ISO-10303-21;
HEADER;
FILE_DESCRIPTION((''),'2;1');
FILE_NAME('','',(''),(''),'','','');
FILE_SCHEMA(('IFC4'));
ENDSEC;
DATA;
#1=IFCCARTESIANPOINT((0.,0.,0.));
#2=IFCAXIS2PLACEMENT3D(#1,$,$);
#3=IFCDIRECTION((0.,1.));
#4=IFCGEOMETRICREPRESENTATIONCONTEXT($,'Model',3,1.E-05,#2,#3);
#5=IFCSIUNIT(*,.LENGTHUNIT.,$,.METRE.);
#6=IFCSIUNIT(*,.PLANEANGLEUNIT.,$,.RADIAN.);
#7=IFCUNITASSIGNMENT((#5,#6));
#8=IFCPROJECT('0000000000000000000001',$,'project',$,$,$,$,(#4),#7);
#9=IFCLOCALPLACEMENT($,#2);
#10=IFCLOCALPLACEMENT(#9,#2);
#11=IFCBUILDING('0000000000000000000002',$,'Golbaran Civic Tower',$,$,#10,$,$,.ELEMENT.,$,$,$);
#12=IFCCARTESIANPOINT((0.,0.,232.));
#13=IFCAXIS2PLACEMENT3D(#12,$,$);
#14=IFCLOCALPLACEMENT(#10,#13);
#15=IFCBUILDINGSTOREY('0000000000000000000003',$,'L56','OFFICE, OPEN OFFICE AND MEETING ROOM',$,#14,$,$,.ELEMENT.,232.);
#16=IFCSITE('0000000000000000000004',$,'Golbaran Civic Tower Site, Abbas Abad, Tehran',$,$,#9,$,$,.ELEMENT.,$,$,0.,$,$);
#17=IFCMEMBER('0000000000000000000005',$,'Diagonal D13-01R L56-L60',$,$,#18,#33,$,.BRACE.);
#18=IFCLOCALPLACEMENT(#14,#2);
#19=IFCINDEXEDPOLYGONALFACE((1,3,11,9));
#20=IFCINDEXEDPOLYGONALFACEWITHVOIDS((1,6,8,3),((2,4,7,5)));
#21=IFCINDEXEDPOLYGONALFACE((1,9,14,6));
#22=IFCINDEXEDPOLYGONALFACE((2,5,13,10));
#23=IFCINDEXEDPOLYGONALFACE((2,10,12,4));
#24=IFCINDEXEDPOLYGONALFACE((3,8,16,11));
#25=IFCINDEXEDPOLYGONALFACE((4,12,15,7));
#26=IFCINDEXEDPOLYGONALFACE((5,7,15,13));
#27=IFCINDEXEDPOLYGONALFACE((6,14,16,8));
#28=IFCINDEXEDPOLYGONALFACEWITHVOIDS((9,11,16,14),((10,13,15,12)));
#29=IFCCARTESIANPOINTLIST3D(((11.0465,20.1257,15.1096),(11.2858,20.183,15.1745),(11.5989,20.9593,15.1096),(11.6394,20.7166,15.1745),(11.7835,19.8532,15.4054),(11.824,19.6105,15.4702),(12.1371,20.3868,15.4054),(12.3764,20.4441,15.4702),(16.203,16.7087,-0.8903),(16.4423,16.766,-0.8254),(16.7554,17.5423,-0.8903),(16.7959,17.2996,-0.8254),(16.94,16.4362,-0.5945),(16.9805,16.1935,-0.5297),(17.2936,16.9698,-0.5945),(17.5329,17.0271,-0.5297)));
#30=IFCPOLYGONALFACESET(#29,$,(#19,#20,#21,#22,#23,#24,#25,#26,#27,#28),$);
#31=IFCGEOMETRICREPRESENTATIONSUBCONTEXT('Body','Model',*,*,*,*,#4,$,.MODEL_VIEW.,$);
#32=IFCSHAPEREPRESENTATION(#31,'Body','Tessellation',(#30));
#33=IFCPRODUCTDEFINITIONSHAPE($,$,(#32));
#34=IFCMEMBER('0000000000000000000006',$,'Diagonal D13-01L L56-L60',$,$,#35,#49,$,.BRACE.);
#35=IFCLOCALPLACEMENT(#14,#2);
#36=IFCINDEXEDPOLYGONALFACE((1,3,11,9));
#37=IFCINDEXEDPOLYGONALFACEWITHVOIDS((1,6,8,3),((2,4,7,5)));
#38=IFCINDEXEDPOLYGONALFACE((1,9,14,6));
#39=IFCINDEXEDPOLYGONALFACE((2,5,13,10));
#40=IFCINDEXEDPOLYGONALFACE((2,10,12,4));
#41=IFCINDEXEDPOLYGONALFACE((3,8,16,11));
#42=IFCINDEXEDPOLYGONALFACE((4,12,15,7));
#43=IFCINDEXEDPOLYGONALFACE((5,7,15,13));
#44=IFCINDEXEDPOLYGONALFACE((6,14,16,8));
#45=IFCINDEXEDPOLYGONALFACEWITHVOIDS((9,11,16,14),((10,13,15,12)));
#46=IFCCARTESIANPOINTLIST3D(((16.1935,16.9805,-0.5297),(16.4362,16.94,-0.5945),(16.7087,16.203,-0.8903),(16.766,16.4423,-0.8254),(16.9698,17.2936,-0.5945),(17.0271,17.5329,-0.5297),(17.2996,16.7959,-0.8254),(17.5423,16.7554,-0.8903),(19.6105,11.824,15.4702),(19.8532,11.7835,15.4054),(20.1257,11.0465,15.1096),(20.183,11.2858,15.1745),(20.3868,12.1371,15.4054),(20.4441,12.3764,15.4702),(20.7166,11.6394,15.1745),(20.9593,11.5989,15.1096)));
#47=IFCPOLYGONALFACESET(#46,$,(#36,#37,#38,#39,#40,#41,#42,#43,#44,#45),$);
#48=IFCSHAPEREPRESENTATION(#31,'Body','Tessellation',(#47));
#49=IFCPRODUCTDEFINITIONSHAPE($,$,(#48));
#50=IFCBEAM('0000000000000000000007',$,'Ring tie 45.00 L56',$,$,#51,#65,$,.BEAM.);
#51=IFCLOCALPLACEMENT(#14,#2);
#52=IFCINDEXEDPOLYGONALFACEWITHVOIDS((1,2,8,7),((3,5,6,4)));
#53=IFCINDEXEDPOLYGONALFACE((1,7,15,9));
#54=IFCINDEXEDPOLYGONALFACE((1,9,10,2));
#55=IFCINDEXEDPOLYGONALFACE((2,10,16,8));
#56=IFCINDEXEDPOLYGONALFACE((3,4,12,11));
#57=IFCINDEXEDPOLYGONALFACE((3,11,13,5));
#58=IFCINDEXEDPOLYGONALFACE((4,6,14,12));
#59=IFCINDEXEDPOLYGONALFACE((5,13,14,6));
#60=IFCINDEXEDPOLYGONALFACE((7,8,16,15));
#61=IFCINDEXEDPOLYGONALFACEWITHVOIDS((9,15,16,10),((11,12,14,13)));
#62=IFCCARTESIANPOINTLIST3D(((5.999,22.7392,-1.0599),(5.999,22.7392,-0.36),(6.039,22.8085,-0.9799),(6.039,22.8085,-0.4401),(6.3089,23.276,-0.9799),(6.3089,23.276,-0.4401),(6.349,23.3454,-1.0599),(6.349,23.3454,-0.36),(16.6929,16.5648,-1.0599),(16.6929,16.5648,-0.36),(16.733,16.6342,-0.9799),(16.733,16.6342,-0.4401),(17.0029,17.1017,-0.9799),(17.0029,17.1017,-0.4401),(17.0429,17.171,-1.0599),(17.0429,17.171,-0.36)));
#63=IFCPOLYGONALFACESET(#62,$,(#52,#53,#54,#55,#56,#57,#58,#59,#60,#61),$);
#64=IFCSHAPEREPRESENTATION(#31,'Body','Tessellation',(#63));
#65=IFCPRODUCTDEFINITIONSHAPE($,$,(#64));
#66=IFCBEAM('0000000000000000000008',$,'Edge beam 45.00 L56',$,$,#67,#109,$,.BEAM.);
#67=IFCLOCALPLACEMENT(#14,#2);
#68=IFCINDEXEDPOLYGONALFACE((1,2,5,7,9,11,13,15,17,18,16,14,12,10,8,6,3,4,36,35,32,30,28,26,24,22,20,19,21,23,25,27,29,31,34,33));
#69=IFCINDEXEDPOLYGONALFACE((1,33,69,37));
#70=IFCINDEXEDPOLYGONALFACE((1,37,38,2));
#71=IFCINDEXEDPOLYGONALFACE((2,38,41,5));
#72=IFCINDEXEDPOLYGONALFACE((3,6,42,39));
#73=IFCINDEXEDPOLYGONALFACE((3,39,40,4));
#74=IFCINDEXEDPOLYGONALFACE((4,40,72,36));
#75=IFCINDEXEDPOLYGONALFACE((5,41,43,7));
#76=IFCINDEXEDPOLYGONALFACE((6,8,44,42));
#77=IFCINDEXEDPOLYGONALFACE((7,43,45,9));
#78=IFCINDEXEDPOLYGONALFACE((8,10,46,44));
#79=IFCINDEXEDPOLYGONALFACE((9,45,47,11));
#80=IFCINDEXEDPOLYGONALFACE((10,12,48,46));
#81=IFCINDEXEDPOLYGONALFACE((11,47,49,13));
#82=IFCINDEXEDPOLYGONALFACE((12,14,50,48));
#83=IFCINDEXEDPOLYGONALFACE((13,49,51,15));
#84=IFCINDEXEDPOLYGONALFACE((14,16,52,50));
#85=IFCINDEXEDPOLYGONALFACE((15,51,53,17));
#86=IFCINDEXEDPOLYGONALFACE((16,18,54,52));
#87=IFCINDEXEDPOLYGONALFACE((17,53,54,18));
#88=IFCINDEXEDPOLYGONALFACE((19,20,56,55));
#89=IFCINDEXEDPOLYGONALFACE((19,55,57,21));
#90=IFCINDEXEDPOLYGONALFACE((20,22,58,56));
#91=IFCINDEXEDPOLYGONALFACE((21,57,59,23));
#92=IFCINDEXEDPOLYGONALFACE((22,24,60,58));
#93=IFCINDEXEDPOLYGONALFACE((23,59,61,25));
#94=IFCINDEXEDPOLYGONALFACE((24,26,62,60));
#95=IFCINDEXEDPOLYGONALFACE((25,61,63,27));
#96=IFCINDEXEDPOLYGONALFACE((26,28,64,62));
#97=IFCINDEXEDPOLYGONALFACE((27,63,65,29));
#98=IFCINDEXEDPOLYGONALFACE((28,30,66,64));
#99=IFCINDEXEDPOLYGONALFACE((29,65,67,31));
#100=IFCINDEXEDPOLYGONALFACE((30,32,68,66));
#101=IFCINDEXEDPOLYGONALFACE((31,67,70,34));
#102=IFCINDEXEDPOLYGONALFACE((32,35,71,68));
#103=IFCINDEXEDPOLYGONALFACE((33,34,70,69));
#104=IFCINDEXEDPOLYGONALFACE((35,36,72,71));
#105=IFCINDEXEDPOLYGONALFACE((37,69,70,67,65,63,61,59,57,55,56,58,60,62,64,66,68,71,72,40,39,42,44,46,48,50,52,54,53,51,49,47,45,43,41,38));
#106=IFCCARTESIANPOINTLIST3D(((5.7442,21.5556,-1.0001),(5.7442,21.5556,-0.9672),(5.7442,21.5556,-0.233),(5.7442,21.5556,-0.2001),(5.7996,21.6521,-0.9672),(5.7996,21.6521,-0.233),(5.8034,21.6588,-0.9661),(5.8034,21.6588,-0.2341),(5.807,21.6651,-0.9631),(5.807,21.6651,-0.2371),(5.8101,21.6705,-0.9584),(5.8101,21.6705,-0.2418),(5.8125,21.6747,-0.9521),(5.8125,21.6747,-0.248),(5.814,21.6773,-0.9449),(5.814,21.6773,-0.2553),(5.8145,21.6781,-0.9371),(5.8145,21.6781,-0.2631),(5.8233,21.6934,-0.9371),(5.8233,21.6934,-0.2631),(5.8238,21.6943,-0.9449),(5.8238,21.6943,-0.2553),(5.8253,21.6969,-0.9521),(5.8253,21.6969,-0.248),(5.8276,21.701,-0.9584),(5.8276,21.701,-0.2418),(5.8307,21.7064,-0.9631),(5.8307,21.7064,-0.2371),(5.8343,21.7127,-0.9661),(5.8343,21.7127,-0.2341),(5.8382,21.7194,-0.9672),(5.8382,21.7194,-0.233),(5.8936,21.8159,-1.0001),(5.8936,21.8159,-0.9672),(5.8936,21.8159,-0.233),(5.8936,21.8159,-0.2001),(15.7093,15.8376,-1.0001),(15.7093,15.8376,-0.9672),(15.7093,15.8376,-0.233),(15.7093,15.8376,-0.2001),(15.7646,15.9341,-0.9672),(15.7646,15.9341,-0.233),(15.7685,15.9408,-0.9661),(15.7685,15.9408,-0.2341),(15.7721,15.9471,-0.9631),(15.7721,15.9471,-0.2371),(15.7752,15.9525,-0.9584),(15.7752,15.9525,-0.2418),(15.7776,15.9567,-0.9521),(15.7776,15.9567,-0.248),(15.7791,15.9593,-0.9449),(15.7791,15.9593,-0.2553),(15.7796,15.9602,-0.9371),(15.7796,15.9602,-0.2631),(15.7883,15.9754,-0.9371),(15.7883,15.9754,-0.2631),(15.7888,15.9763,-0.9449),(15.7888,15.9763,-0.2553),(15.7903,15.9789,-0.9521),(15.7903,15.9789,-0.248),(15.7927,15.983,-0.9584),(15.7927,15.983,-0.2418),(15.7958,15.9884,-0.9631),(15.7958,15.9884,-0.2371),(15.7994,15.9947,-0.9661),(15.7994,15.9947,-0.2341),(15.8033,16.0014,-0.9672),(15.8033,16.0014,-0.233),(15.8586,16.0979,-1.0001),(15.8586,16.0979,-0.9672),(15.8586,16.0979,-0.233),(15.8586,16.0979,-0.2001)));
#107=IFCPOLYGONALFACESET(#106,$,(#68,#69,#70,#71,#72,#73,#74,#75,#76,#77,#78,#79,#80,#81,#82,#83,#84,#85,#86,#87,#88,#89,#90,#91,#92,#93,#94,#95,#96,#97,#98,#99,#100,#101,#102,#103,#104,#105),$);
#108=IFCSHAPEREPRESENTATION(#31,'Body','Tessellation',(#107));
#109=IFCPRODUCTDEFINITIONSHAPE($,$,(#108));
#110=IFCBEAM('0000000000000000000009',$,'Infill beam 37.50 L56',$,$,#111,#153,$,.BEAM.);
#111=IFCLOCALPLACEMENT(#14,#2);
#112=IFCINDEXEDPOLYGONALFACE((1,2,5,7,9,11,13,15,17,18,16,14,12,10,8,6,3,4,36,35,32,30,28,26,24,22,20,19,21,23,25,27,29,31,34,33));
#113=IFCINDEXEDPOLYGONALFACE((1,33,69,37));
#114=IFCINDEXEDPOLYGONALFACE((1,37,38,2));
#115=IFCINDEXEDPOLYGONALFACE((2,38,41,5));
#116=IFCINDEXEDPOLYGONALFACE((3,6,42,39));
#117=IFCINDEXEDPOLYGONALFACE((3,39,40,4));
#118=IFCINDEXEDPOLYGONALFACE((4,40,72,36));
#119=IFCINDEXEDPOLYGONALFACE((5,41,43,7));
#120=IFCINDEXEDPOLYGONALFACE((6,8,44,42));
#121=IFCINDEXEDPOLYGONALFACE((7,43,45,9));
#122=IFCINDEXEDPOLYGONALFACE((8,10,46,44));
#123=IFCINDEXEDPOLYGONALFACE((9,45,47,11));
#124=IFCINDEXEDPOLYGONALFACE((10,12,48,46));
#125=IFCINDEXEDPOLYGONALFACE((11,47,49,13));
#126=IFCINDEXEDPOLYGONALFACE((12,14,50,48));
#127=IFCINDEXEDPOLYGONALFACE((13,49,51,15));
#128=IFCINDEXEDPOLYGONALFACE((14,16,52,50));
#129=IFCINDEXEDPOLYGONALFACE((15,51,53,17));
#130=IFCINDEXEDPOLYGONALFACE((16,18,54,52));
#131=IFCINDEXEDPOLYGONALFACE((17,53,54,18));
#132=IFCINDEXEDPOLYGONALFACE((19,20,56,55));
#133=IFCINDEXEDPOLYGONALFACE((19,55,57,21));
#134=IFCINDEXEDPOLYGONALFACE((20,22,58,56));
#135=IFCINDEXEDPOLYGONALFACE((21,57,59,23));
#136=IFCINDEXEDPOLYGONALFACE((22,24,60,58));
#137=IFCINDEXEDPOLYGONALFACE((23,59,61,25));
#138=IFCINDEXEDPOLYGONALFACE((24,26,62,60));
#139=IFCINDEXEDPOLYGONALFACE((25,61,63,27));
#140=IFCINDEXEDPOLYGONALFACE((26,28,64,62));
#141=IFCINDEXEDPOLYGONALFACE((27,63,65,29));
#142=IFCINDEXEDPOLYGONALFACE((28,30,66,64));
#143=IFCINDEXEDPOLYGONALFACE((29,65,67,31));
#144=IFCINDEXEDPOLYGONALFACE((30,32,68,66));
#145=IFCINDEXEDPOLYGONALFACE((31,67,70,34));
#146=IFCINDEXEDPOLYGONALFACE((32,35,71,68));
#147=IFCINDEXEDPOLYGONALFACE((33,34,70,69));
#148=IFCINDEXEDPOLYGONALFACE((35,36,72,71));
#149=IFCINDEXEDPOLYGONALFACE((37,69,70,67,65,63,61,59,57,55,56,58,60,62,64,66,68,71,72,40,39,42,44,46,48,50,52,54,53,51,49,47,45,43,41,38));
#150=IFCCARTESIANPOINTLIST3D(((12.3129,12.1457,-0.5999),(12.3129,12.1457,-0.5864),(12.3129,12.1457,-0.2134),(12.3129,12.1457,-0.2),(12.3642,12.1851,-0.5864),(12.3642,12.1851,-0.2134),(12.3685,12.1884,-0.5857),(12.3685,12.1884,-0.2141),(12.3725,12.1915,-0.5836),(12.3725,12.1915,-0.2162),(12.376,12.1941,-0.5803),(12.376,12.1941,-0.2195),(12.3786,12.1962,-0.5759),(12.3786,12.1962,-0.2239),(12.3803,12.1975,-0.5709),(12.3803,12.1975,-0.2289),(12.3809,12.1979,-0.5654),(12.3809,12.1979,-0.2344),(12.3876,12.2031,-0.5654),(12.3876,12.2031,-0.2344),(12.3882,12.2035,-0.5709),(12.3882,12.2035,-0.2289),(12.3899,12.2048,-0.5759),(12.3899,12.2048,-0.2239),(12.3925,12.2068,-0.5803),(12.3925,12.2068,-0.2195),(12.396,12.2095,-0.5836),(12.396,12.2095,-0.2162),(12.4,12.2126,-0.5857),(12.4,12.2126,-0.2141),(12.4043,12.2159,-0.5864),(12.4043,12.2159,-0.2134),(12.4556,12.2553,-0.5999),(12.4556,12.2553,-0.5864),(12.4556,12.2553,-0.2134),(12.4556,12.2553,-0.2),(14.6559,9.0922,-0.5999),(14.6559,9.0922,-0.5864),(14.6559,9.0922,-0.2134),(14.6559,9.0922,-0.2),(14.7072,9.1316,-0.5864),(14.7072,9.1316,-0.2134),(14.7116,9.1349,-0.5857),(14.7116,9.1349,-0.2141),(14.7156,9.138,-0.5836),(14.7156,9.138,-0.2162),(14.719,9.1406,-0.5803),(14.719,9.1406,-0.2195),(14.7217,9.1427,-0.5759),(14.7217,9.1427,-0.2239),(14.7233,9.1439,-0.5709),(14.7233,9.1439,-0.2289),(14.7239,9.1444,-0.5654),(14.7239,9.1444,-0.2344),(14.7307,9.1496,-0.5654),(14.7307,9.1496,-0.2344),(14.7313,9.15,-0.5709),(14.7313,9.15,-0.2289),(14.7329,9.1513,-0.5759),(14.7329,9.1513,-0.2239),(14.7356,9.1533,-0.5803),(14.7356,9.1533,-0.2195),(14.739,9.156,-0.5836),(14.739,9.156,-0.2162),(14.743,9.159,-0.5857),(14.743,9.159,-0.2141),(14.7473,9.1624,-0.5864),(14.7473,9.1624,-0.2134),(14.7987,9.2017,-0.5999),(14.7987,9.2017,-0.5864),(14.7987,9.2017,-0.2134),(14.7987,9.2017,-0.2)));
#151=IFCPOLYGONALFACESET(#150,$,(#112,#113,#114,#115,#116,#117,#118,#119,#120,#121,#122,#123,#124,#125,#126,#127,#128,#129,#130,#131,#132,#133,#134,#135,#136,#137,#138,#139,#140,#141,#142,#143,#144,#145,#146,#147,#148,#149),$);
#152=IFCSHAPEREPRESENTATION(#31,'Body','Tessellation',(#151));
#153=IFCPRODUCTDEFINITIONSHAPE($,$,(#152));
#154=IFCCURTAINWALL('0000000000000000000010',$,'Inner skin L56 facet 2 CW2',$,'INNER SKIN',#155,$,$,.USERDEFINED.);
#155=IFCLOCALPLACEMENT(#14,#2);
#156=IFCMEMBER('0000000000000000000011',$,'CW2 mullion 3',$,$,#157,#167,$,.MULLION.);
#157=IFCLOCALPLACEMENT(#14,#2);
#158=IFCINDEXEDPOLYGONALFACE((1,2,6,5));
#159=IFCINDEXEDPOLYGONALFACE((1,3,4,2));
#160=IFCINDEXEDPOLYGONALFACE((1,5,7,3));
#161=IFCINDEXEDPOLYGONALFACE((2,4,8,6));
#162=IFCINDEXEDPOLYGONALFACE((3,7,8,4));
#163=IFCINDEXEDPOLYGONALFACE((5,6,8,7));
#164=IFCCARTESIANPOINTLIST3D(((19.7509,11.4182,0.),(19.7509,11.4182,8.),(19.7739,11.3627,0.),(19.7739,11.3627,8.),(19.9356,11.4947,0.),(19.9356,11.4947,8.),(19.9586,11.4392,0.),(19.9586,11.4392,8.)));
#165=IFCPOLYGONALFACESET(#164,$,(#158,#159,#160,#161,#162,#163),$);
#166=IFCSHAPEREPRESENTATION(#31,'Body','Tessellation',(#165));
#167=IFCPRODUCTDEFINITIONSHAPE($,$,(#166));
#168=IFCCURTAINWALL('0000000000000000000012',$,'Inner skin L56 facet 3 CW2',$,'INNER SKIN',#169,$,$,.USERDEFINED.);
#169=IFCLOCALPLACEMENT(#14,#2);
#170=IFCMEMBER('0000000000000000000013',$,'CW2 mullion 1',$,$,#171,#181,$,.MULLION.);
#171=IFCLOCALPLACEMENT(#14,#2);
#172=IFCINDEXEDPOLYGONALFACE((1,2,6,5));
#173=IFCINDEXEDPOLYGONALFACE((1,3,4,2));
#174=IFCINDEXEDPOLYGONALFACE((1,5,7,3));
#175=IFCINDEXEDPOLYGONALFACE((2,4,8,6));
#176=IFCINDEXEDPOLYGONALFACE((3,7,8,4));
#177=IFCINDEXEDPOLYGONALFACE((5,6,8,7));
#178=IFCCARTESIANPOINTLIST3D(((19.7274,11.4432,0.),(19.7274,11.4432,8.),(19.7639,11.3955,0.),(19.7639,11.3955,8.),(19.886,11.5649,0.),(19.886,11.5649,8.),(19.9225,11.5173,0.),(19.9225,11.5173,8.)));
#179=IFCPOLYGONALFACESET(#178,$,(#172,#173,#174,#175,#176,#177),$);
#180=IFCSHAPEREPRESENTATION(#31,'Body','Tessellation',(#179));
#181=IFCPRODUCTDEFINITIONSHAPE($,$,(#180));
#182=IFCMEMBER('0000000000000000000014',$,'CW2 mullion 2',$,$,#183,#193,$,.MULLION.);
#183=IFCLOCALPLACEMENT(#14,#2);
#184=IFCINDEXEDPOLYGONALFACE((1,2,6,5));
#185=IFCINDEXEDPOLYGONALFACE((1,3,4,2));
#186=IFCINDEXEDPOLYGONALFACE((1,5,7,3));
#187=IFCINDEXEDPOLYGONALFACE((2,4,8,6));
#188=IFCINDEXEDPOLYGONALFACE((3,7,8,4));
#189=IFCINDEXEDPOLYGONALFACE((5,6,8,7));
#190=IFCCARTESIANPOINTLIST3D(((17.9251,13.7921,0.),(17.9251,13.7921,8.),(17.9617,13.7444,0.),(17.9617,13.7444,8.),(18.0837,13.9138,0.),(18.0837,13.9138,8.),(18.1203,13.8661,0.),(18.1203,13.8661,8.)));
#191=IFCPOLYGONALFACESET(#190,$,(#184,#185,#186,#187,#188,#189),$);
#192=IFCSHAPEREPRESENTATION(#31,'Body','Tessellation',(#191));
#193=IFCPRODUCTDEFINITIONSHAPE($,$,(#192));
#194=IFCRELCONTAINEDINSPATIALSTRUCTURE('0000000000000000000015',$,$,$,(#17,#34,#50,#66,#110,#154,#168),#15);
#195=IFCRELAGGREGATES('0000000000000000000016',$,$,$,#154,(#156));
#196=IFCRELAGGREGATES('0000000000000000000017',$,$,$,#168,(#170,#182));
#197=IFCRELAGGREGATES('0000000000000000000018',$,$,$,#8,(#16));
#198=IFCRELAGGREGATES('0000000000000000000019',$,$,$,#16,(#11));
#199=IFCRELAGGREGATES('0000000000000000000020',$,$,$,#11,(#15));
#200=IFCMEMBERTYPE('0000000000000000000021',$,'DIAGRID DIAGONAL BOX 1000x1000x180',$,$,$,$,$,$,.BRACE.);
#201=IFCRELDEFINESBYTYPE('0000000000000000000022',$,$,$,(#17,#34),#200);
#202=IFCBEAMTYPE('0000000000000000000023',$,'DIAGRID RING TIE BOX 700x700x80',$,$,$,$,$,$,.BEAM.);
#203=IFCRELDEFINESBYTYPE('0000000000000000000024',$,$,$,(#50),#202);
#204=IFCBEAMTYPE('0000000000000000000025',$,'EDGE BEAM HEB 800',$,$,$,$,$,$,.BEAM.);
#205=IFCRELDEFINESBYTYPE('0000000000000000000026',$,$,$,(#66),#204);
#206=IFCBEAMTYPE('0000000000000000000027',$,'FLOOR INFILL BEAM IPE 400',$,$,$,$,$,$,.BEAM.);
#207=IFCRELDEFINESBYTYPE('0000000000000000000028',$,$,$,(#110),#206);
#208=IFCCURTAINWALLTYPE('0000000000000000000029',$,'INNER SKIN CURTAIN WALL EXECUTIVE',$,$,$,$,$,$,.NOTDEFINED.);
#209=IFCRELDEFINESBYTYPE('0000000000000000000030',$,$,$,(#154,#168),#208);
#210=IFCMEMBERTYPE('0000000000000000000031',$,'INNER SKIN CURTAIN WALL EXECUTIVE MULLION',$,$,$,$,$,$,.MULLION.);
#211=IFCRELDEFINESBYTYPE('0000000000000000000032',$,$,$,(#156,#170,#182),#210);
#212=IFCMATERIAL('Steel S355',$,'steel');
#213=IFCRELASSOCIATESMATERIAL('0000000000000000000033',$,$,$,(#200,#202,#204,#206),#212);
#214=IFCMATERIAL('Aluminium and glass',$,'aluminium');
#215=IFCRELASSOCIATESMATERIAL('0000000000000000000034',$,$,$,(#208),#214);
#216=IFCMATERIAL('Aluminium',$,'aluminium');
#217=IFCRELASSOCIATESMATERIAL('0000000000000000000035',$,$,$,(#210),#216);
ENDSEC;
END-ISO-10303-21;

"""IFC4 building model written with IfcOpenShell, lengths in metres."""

from ifc_helpers import new_model, si_unit, direction, frame, origin, origin_2d, place, context, subcontext, project, spatial, rectangle, hollow_rectangle, i_section, extrude, material, material_profile, profile_set, type_object, element, aggregate, save


model = new_model("IFC4")

# Units and contexts
model_context = context("Model", 3, precision=1e-05, world=origin(), true_north=direction((0.0, 1.0)))
body_context = subcontext(model_context, "Body", "Model", "MODEL_VIEW")
ifc_project = project(units=[si_unit("LENGTHUNIT", "METRE"), si_unit("PLANEANGLEUNIT", "RADIAN")], contexts=[model_context])

# Site, building, storey
site_placement = place(None, origin())
site = spatial("IfcSite", under=ifc_project, at=site_placement, Name="Golbaran Civic Tower Site, Abbas Abad, Tehran", CompositionType="ELEMENT", RefElevation=0.0)
building_placement = place(site_placement, origin())
building = spatial("IfcBuilding", under=site, at=building_placement, Name="Golbaran Civic Tower", CompositionType="ELEMENT")
storey_placement = place(building_placement, frame((0.0, 0.0, 232.0)))
storey = spatial("IfcBuildingStorey", under=building, at=storey_placement, Name="L56", Description="OFFICE, OPEN OFFICE AND MEETING ROOM", CompositionType="ELEMENT", Elevation=232.0)

# Members
ifc_material_1 = material(Name="Steel S355", Category="steel")
ifc_material_profile_1 = material_profile(ifc_material_1, hollow_rectangle(XDim=1.0, YDim=1.0, WallThickness=0.1799, at=origin_2d()), Name="BOX 1000x1000x180")
ifc_profile_set_1 = profile_set([ifc_material_profile_1], Name="Steel S355")
member_type_1 = type_object("IfcMemberType", Name="DIAGRID DIAGONAL BOX 1000x1000x180", PredefinedType="BRACE", material=ifc_profile_set_1)
for number, where, z_axis, x_axis, name in (
    (1, (16.8679, 16.8679, -0.71), (-0.300597, 0.199193, 0.932718), (-0.552385, -0.833589, 0.0), "Diagonal D13-01R L56-L60"),
    (2, (16.8679, 16.8679, -0.71), (0.199193, -0.300597, 0.932718), (0.833589, 0.552385, 0.0), "Diagonal D13-01L L56-L60"),
):
    element("IfcMember", number, at=place(storey_placement, frame(where, z_axis=z_axis, x_axis=x_axis)), inside=storey, type_object=member_type_1, Name=name, PredefinedType="BRACE", context=body_context, shape_type="SweptSolid", body=[
        extrude(hollow_rectangle(XDim=1.0, YDim=1.0, WallThickness=0.1799, at=origin_2d()), origin(), (0.0, 0.0, 1.0), 17.1541),
    ])

# Beams
ifc_material_profile_2 = material_profile(ifc_material_1, hollow_rectangle(XDim=0.7, YDim=0.7, WallThickness=0.0801, at=origin_2d()), Name="BOX 700x700x80")
ifc_profile_set_2 = profile_set([ifc_material_profile_2], Name="Steel S355")
beam_type_1 = type_object("IfcBeamType", Name="DIAGRID RING TIE BOX 700x700x80", PredefinedType="BEAM", material=ifc_profile_set_2)
beam_1_placement = place(storey_placement, frame((16.8679, 16.8679, -0.71), z_axis=(-0.866018, 0.500013, 0.0), x_axis=(-0.500013, -0.866018, 0.0)))
element("IfcBeam", 3, at=beam_1_placement, inside=storey, type_object=beam_type_1, Name="Ring tie 45.00 L56", PredefinedType="BEAM", context=body_context, shape_type="SweptSolid", body=[
    extrude(hollow_rectangle(XDim=0.7, YDim=0.7, WallThickness=0.0801, at=origin_2d()), origin(), (0.0, 0.0, 1.0), 12.3484),
])
ifc_material_profile_3 = material_profile(ifc_material_1, i_section(OverallWidth=0.3, OverallDepth=0.8, WebThickness=0.0176, FlangeThickness=0.033, FilletRadius=0.03, at=origin_2d()), Name="HEB 800")
ifc_profile_set_3 = profile_set([ifc_material_profile_3], Name="Steel S355")
beam_type_2 = type_object("IfcBeamType", Name="EDGE BEAM HEB 800", PredefinedType="BEAM", material=ifc_profile_set_3)
beam_2_placement = place(storey_placement, frame((15.7839, 15.9678, -0.6001), z_axis=(-0.867354, 0.497692, 0.0), x_axis=(-0.497692, -0.867354, 0.0)))
element("IfcBeam", 4, at=beam_2_placement, inside=storey, type_object=beam_type_2, Name="Edge beam 45.00 L56", PredefinedType="BEAM", context=body_context, shape_type="SweptSolid", body=[
    extrude(i_section(OverallWidth=0.3, OverallDepth=0.8, WebThickness=0.0176, FlangeThickness=0.033, FilletRadius=0.03, at=origin_2d()), origin(), (0.0, 0.0, 1.0), 11.489),
])
ifc_material_profile_4 = material_profile(ifc_material_1, i_section(OverallWidth=0.1799, OverallDepth=0.3999, WebThickness=0.0085, FlangeThickness=0.0134, FilletRadius=0.021, at=origin_2d()), Name="IPE 400")
ifc_profile_set_4 = profile_set([ifc_material_profile_4], Name="Steel S355")
beam_type_3 = type_object("IfcBeamType", Name="FLOOR INFILL BEAM IPE 400", PredefinedType="BEAM", material=ifc_profile_set_4)
beam_3_placement = place(storey_placement, frame((14.7273, 9.147, -0.3999), z_axis=(-0.608763, 0.793352, 0.0), x_axis=(-0.793352, -0.608763, 0.0)))
element("IfcBeam", 5, at=beam_3_placement, inside=storey, type_object=beam_type_3, Name="Infill beam 37.50 L56", PredefinedType="BEAM", context=body_context, shape_type="SweptSolid", body=[
    extrude(i_section(OverallWidth=0.1799, OverallDepth=0.3999, WebThickness=0.0085, FlangeThickness=0.0134, FilletRadius=0.021, at=origin_2d()), origin(), (0.0, 0.0, 1.0), 3.8489),
])

# Curtain wall, member
ifc_material_2 = material(Name="Aluminium and glass", Category="aluminium")
curtain_wall_type_1 = type_object("IfcCurtainWallType", Name="INNER SKIN CURTAIN WALL EXECUTIVE", PredefinedType="NOTDEFINED", material=ifc_material_2)
curtain_wall_1_placement = place(storey_placement, origin())
curtain_wall_1 = element("IfcCurtainWall", 6, at=curtain_wall_1_placement, inside=storey, type_object=curtain_wall_type_1, Name="Inner skin L56 facet 2 CW2", ObjectType="INNER SKIN", PredefinedType="USERDEFINED")
ifc_material_3 = material(Name="Aluminium", Category="aluminium")
ifc_material_profile_5 = material_profile(ifc_material_3, rectangle(XDim=0.2, YDim=0.0601, at=origin_2d()), Name="INNER SKIN CURTAIN WALL EXECUTIVE MULLION")
ifc_profile_set_5 = profile_set([ifc_material_profile_5], Name="Aluminium")
member_type_2 = type_object("IfcMemberType", Name="INNER SKIN CURTAIN WALL EXECUTIVE MULLION", PredefinedType="MULLION", material=ifc_profile_set_5)
member_1_placement = place(storey_placement, frame((19.8547, 11.4287, 0.0), z_axis=(0.0, 0.0, 1.0), x_axis=(-0.92388, -0.382683, 0.0)))
member_1 = element("IfcMember", 7, at=member_1_placement, type_object=member_type_2, Name="CW2 mullion 3", PredefinedType="MULLION", context=body_context, shape_type="SweptSolid", body=[
    extrude(rectangle(XDim=0.2, YDim=0.0601, at=origin_2d()), origin(), (0.0, 0.0, 1.0), 8.0),
])

# Curtain wall, members
curtain_wall_2_placement = place(storey_placement, origin())
curtain_wall_2 = element("IfcCurtainWall", 8, at=curtain_wall_2_placement, inside=storey, type_object=curtain_wall_type_1, Name="Inner skin L56 facet 3 CW2", ObjectType="INNER SKIN", PredefinedType="USERDEFINED")
member_2_placement = place(storey_placement, frame((19.825, 11.4802, 0.0), z_axis=(0.0, 0.0, 1.0), x_axis=(-0.793353, -0.608761, 0.0)))
member_2 = element("IfcMember", 9, at=member_2_placement, type_object=member_type_2, Name="CW2 mullion 1", PredefinedType="MULLION", context=body_context, shape_type="SweptSolid", body=[
    extrude(rectangle(XDim=0.2, YDim=0.0601, at=origin_2d()), origin(), (0.0, 0.0, 1.0), 8.0),
])
member_3_placement = place(storey_placement, frame((18.0227, 13.8291, 0.0), z_axis=(0.0, 0.0, 1.0), x_axis=(-0.793353, -0.608761, 0.0)))
member_3 = element("IfcMember", 10, at=member_3_placement, type_object=member_type_2, Name="CW2 mullion 2", PredefinedType="MULLION", context=body_context, shape_type="SweptSolid", body=[
    extrude(rectangle(XDim=0.2, YDim=0.0601, at=origin_2d()), origin(), (0.0, 0.0, 1.0), 8.0),
])

aggregate(curtain_wall_1, [member_1])
aggregate(curtain_wall_2, [member_2, member_3])

save(model, "model.ifc")
